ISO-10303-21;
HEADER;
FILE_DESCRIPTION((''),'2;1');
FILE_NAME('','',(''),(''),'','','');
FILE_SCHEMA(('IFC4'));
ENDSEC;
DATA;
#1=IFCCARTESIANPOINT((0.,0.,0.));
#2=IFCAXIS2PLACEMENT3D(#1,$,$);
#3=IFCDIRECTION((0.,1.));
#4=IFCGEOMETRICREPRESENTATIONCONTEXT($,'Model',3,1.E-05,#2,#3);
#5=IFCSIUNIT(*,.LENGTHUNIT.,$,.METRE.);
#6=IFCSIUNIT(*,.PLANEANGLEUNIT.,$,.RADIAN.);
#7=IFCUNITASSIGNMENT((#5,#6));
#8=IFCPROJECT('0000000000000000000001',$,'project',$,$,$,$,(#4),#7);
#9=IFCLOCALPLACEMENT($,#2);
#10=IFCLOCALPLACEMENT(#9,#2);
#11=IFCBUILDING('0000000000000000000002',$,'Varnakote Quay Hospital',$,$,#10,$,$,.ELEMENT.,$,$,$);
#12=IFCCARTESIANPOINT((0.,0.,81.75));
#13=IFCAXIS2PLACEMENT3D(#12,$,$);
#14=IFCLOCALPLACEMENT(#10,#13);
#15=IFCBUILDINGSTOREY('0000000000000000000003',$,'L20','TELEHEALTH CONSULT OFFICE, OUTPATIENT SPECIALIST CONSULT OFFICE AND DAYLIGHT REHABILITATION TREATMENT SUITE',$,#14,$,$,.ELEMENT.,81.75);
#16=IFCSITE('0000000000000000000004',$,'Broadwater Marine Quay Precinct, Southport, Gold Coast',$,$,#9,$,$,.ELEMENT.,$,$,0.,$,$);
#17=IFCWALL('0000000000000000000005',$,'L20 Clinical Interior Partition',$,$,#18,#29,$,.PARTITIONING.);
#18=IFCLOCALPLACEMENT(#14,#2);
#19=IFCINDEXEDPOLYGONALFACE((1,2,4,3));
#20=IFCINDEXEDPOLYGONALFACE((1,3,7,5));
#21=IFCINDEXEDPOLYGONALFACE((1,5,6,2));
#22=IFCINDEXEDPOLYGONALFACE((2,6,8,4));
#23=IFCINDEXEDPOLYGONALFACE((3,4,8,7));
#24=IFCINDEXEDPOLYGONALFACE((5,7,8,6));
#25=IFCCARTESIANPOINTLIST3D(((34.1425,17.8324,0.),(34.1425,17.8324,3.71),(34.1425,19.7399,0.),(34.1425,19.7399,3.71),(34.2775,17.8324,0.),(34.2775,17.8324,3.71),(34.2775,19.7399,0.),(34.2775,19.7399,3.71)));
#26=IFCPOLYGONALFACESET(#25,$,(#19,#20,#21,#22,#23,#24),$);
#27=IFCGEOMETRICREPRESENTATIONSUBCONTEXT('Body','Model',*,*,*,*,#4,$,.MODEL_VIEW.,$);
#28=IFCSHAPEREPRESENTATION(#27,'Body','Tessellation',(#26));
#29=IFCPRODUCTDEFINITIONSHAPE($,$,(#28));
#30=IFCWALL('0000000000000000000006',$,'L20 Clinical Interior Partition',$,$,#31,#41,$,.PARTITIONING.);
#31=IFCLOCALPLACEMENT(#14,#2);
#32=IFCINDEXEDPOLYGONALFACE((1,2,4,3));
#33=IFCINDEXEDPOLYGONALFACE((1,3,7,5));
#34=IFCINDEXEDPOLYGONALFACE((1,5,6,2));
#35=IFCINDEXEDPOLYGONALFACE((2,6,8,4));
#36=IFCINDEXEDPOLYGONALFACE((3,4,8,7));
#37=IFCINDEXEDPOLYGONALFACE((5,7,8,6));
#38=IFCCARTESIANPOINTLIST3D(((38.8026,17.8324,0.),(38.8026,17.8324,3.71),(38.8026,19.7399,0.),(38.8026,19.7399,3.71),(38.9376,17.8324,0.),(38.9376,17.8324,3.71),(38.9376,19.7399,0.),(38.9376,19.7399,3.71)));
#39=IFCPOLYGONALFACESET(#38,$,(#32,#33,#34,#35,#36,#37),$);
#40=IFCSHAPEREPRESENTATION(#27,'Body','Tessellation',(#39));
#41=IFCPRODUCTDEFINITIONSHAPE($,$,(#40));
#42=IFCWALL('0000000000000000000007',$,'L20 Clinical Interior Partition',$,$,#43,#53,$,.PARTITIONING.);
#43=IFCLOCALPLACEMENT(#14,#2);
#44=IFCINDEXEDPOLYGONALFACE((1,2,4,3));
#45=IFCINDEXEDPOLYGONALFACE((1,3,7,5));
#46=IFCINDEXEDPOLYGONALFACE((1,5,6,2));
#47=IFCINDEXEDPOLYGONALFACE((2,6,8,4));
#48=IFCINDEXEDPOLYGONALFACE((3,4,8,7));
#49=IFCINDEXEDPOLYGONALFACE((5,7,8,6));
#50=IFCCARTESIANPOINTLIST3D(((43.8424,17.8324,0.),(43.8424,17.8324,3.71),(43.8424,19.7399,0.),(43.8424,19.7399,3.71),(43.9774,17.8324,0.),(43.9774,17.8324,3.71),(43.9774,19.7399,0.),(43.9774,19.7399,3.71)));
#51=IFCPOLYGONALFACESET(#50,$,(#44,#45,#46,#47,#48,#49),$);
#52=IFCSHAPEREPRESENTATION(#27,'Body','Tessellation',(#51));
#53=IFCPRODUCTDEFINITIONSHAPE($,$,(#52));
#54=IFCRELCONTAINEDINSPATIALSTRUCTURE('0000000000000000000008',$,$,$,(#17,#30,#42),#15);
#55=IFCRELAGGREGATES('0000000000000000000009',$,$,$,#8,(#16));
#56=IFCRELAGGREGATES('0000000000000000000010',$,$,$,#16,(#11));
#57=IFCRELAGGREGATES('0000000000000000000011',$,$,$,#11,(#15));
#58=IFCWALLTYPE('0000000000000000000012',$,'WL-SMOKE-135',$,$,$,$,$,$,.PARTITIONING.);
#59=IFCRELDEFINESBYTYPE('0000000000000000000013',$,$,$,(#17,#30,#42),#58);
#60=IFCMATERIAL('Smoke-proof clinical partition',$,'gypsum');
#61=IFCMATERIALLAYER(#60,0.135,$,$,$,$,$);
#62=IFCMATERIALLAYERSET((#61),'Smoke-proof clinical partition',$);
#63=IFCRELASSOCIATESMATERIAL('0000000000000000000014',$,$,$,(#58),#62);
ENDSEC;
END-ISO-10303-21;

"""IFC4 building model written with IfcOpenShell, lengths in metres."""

from ifc_helpers import new_model, si_unit, direction, frame, frame_2d, origin, place, context, subcontext, project, spatial, rectangle, extrude, material, layer, layer_set, type_object, element, save


model = new_model("IFC4")

# Units and contexts
model_context = context("Model", 3, precision=1e-05, world=origin(), true_north=direction((0.0, 1.0)))
body_context = subcontext(model_context, "Body", "Model", "MODEL_VIEW")
ifc_project = project(units=[si_unit("LENGTHUNIT", "METRE"), si_unit("PLANEANGLEUNIT", "RADIAN")], contexts=[model_context])

# Site, building, storey
site_placement = place(None, origin())
site = spatial("IfcSite", under=ifc_project, at=site_placement, Name="Broadwater Marine Quay Precinct, Southport, Gold Coast", CompositionType="ELEMENT", RefElevation=0.0)
building_placement = place(site_placement, origin())
building = spatial("IfcBuilding", under=site, at=building_placement, Name="Varnakote Quay Hospital", CompositionType="ELEMENT")
storey_placement = place(building_placement, frame((0.0, 0.0, 81.75)))
storey = spatial("IfcBuildingStorey", under=building, at=storey_placement, Name="L20", Description="TELEHEALTH CONSULT OFFICE, OUTPATIENT SPECIALIST CONSULT OFFICE AND DAYLIGHT REHABILITATION TREATMENT SUITE", CompositionType="ELEMENT", Elevation=81.75)

# Walls
ifc_material_1 = material(Name="Smoke-proof clinical partition", Category="gypsum")
ifc_layer_1 = layer(ifc_material_1, 0.135)
ifc_layer_set_1 = layer_set([ifc_layer_1], Name="Smoke-proof clinical partition")
wall_type_1 = type_object("IfcWallType", Name="WL-SMOKE-135", PredefinedType="PARTITIONING", material=ifc_layer_set_1)
for number, where, z_axis, x_axis, name in (
    (1, (34.21, 17.8325, 0.0), (0.0, 0.0, 1.0), (0.0, 1.0, 0.0), "L20 Clinical Interior Partition"),
    (2, (38.8701, 17.8325, 0.0), (0.0, 0.0, 1.0), (0.0, 1.0, 0.0), "L20 Clinical Interior Partition"),
    (3, (43.9099, 17.8325, 0.0), (0.0, 0.0, 1.0), (0.0, 1.0, 0.0), "L20 Clinical Interior Partition"),
):
    element("IfcWall", number, at=place(storey_placement, frame(where, z_axis=z_axis, x_axis=x_axis)), inside=storey, type_object=wall_type_1, Name=name, PredefinedType="PARTITIONING", context=body_context, shape_type="SweptSolid", body=[
        extrude(rectangle(XDim=1.9075, YDim=0.135, at=frame_2d((0.9536, 0.0))), origin(), (0.0, 0.0, 1.0), 3.71),
    ])

save(model, "model.ifc")
